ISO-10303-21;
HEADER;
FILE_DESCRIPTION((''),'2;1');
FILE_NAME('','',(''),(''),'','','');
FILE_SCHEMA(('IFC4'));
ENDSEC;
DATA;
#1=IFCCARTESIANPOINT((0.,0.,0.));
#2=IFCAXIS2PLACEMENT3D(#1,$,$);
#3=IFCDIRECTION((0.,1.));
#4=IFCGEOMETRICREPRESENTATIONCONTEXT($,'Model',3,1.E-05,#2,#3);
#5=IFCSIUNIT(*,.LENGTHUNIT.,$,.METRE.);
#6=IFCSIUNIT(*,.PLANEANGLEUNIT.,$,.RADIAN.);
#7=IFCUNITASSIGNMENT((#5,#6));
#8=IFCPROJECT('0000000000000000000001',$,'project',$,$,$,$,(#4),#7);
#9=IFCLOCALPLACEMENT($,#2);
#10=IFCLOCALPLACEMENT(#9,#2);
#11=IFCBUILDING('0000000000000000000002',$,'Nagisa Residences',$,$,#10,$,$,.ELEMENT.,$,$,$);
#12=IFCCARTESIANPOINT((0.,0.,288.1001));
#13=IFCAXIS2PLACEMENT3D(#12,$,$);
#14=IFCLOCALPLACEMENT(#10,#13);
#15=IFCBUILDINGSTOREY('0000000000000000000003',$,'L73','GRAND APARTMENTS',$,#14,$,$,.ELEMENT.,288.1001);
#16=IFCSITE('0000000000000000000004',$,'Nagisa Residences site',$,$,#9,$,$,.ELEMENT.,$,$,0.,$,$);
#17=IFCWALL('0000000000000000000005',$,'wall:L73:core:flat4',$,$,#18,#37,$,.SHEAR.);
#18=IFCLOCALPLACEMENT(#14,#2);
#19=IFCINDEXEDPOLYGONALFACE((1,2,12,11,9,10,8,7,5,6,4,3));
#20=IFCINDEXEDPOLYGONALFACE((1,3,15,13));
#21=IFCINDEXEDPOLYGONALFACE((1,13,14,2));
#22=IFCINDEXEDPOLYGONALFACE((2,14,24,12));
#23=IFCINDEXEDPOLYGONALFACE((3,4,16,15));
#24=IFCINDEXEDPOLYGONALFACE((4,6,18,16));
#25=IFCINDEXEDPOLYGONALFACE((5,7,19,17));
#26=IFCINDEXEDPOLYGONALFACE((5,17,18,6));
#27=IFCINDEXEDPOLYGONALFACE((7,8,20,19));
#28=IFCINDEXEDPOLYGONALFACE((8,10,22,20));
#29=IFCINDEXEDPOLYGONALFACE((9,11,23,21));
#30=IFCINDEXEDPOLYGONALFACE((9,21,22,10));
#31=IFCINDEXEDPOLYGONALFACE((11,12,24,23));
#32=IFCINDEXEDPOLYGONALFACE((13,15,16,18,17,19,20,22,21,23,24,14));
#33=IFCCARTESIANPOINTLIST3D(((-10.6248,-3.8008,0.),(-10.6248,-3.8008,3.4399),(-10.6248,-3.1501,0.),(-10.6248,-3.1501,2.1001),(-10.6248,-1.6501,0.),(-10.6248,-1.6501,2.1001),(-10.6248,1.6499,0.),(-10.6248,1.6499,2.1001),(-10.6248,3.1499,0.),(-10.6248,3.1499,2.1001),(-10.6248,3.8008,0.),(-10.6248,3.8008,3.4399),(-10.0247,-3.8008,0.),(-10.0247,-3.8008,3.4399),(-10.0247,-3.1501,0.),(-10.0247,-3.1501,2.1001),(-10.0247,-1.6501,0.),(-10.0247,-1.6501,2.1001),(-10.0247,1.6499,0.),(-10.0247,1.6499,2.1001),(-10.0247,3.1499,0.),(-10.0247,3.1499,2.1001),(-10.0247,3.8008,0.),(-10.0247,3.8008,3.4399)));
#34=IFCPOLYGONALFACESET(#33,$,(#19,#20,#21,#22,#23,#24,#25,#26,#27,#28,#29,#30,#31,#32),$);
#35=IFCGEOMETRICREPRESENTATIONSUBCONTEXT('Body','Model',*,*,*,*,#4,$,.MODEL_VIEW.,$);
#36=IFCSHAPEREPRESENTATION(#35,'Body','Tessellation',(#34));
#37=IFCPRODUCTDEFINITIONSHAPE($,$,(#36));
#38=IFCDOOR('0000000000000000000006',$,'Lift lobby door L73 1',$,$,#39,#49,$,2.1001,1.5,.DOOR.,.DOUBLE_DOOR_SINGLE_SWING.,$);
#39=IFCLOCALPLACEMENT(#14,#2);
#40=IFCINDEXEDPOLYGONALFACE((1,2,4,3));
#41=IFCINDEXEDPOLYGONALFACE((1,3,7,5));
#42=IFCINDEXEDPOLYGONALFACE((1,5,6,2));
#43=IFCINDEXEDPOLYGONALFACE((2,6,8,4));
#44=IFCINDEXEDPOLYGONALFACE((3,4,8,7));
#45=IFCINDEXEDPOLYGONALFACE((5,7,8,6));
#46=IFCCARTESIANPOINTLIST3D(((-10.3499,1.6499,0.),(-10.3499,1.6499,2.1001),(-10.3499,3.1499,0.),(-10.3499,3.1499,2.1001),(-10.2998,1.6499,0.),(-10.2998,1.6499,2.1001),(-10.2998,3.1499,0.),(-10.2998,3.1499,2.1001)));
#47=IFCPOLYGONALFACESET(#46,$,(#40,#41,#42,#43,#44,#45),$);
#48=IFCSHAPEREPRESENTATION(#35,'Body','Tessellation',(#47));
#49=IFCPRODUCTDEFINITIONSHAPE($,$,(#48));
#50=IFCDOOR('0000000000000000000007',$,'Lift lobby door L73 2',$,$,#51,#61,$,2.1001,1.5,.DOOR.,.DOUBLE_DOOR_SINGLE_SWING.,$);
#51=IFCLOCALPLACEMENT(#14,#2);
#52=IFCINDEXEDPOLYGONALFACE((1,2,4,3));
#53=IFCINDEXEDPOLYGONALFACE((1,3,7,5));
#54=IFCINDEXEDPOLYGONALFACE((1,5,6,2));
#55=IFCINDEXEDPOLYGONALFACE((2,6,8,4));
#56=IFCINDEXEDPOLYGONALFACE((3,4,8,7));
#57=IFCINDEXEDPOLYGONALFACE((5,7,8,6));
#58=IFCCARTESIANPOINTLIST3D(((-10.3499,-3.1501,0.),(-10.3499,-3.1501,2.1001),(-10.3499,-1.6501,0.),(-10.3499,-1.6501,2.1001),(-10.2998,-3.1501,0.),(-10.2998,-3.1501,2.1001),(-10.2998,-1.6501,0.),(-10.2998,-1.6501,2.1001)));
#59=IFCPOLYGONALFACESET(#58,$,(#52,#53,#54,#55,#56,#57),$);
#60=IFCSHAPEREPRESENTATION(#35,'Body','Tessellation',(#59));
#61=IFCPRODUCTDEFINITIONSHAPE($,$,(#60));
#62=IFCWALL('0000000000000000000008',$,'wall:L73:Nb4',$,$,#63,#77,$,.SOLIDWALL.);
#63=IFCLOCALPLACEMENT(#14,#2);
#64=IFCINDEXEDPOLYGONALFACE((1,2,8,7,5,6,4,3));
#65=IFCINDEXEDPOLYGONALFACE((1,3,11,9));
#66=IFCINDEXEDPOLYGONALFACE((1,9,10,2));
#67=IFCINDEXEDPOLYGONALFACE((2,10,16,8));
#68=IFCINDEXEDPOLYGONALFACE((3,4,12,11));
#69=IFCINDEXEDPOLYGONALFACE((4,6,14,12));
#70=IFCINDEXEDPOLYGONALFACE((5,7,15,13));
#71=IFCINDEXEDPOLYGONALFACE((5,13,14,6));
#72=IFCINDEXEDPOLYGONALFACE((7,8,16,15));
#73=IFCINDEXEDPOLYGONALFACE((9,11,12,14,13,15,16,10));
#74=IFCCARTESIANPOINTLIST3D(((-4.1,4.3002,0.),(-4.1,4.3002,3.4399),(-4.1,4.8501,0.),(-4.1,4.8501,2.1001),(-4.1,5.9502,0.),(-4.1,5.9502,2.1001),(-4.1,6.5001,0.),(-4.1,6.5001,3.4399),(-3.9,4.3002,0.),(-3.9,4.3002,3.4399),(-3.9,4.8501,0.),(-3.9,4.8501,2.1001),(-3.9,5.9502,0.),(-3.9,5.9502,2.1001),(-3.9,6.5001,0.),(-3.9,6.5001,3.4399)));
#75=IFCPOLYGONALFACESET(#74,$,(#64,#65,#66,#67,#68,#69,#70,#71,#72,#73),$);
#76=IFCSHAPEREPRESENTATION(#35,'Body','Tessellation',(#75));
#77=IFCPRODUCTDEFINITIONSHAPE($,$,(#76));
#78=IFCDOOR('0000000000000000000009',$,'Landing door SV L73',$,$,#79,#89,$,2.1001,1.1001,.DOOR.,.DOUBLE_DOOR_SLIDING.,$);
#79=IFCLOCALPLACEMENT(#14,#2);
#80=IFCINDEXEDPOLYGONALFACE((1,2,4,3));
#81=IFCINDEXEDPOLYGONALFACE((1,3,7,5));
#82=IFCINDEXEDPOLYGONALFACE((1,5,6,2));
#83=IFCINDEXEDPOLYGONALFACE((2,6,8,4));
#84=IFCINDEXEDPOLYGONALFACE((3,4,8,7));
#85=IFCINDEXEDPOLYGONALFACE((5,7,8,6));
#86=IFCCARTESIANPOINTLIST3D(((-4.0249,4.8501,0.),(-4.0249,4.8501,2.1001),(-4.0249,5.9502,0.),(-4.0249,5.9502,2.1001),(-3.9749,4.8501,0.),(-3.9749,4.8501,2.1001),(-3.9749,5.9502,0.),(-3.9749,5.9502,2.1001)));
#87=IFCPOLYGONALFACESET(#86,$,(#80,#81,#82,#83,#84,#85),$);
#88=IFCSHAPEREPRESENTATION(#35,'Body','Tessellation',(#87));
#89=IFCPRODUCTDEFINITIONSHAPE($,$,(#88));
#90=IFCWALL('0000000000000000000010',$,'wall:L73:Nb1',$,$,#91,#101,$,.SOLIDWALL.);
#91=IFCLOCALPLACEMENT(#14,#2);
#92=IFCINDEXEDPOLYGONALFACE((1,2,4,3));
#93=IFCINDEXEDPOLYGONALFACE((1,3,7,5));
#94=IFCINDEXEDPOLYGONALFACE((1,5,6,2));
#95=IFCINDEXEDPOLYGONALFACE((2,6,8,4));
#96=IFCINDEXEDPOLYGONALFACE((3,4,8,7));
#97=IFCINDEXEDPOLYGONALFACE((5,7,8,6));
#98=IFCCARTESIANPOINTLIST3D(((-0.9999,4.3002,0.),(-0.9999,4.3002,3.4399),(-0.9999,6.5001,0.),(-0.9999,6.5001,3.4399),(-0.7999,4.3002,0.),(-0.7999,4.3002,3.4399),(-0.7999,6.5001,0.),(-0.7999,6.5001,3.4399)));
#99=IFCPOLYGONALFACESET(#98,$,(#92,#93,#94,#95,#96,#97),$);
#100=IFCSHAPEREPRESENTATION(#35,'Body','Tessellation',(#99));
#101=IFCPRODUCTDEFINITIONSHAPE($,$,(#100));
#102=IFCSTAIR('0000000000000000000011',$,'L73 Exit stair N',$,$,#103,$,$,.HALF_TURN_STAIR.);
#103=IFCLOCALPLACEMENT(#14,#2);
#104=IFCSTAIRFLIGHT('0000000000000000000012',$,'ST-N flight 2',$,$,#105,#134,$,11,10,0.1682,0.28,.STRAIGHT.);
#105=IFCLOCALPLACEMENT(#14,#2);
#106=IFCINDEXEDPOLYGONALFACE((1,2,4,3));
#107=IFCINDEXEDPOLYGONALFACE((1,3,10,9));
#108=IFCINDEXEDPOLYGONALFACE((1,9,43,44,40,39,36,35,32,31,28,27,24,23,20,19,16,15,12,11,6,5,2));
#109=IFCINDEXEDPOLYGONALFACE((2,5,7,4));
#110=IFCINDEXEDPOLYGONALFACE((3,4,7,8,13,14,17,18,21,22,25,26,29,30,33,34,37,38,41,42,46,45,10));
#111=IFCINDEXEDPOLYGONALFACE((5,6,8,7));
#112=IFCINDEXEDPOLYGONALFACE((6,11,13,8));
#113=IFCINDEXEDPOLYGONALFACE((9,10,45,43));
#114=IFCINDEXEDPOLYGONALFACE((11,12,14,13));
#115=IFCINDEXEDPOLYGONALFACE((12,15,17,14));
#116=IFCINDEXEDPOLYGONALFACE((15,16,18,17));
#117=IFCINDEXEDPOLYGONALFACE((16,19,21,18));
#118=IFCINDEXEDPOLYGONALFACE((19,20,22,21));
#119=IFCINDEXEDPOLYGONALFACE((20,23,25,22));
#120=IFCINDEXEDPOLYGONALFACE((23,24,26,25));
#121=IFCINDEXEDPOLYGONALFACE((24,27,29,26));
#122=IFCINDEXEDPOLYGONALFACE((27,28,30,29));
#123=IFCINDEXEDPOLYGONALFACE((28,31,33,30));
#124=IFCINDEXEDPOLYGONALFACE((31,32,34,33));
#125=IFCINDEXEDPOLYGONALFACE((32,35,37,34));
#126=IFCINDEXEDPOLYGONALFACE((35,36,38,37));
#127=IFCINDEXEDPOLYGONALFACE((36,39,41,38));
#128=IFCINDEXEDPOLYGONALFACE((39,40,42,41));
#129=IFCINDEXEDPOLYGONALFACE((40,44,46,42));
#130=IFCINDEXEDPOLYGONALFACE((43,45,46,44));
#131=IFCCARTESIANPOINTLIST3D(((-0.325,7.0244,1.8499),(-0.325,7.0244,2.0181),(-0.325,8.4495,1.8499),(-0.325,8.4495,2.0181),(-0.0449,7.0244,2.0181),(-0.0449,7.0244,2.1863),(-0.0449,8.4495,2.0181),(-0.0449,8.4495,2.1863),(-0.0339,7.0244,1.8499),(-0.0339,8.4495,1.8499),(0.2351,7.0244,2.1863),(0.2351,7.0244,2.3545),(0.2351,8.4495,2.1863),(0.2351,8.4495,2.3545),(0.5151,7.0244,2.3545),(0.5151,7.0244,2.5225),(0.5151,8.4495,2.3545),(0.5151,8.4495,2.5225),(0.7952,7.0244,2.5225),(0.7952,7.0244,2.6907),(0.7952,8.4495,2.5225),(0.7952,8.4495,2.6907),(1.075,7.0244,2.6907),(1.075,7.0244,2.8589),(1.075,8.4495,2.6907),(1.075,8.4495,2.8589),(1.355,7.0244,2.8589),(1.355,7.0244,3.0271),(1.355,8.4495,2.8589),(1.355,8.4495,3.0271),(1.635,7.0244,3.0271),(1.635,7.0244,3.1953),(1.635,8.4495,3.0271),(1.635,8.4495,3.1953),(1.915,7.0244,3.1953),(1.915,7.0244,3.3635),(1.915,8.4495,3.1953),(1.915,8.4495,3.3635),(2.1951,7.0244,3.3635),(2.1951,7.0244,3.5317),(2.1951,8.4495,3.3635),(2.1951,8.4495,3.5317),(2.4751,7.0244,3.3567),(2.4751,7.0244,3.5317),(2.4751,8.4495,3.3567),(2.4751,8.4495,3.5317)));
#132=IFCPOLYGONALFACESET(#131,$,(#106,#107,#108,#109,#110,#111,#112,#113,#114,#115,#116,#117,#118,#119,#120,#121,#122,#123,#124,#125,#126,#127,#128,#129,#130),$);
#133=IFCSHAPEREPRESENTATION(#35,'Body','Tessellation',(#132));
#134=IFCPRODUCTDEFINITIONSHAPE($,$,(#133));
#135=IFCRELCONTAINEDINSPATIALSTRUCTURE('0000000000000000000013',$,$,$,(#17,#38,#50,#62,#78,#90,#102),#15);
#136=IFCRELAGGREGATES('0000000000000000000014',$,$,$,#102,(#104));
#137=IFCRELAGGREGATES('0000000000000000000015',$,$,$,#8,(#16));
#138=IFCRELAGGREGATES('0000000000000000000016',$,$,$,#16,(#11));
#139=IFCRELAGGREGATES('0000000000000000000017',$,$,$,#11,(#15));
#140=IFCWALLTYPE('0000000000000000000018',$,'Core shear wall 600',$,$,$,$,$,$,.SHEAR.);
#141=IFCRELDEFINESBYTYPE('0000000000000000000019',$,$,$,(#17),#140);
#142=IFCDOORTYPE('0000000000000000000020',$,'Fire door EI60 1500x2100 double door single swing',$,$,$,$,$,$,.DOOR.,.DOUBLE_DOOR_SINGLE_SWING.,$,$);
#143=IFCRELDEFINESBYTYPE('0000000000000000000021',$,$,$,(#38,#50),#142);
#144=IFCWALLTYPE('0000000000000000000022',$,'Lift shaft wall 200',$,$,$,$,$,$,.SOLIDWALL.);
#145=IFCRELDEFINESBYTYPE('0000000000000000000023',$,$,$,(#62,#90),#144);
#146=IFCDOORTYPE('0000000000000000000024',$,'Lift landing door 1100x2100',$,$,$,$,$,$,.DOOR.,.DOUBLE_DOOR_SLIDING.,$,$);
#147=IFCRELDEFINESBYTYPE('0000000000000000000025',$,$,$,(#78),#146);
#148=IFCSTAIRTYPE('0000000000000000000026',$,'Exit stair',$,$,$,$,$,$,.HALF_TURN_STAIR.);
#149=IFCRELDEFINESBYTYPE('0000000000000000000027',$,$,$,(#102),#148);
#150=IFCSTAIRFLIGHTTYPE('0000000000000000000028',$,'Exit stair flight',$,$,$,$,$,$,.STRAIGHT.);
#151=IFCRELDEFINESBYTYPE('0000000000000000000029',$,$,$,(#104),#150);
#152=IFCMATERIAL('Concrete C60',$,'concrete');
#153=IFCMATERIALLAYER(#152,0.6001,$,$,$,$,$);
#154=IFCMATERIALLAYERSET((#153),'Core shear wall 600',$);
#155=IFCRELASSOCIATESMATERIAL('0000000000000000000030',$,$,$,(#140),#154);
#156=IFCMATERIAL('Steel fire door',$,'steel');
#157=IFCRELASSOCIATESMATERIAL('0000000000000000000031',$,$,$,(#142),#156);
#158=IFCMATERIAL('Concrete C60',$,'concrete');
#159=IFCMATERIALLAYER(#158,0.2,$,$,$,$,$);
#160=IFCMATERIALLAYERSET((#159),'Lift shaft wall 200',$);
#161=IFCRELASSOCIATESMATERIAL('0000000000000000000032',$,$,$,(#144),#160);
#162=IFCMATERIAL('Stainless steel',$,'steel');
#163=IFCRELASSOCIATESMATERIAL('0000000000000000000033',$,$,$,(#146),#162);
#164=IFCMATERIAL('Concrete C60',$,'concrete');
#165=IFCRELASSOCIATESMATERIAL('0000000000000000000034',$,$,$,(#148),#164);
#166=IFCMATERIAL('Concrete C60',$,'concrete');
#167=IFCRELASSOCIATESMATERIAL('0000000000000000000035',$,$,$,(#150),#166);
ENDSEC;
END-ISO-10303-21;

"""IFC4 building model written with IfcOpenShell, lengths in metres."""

from ifc_helpers import new_model, si_unit, direction, frame, frame_2d, origin, place, context, subcontext, project, spatial, polyline, rectangle, outline, extrude, material, layer, layer_set, type_object, element, fill, aggregate, save


model = new_model("IFC4")

# Units and contexts
model_context = context("Model", 3, precision=1e-05, world=origin(), true_north=direction((0.0, 1.0)))
body_context = subcontext(model_context, "Body", "Model", "MODEL_VIEW")
ifc_project = project(units=[si_unit("LENGTHUNIT", "METRE"), si_unit("PLANEANGLEUNIT", "RADIAN")], contexts=[model_context])

# Site, building, storey
site_placement = place(None, origin())
site = spatial("IfcSite", under=ifc_project, at=site_placement, Name="Nagisa Residences site", CompositionType="ELEMENT", RefElevation=0.0)
building_placement = place(site_placement, origin())
building = spatial("IfcBuilding", under=site, at=building_placement, Name="Nagisa Residences", CompositionType="ELEMENT")
storey_placement = place(building_placement, frame((0.0, 0.0, 288.1001)))
storey = spatial("IfcBuildingStorey", under=building, at=storey_placement, Name="L73", Description="GRAND APARTMENTS", CompositionType="ELEMENT", Elevation=288.1001)

# Shared definitions
ifc_material_1 = material(Name="Concrete C60", Category="concrete")
ifc_layer_1 = layer(ifc_material_1, 0.6001)
ifc_layer_set_1 = layer_set([ifc_layer_1], Name="Core shear wall 600")
wall_type_1 = type_object("IfcWallType", Name="Core shear wall 600", PredefinedType="SHEAR", material=ifc_layer_set_1)

# Wall, openings, doors
wall_1_placement = place(storey_placement, frame((-10.3247, 3.8008, 0.0), z_axis=(0.0, 0.0, 1.0), x_axis=(0.0, -1.0, 0.0)))
wall_1 = element("IfcWall", 1, at=wall_1_placement, inside=storey, type_object=wall_type_1, Name="wall:L73:core:flat4", PredefinedType="SHEAR", context=body_context, shape_type="SweptSolid", body=[
    extrude(rectangle(XDim=7.6016, YDim=0.6001, at=frame_2d((3.8008, 0.0))), origin(), (0.0, 0.0, 1.0), 3.4399),
])
opening_1_placement = place(wall_1_placement, frame((0.6509, 0.0, 0.0)))
opening_1 = element("IfcOpeningElement", 2, at=opening_1_placement, cuts=wall_1, PredefinedType="OPENING", context=body_context, shape_type="SweptSolid", body=[
    extrude(rectangle(XDim=1.5, YDim=2.1001, at=frame_2d((0.75, 1.05))), frame((0.0, 0.3101, 0.0), z_axis=(0.0, -1.0, 0.0), x_axis=(1.0, 0.0, 0.0)), (0.0, 0.0, 1.0), 0.6201),
])
opening_2_placement = place(wall_1_placement, frame((5.4509, 0.0, 0.0)))
opening_2 = element("IfcOpeningElement", 3, at=opening_2_placement, cuts=wall_1, PredefinedType="OPENING", context=body_context, shape_type="SweptSolid", body=[
    extrude(rectangle(XDim=1.5, YDim=2.1001, at=frame_2d((0.75, 1.05))), frame((0.0, 0.3101, 0.0), z_axis=(0.0, -1.0, 0.0), x_axis=(1.0, 0.0, 0.0)), (0.0, 0.0, 1.0), 0.6201),
])
ifc_material_2 = material(Name="Steel fire door", Category="steel")
door_type_1 = type_object("IfcDoorType", Name="Fire door EI60 1500x2100 double door single swing", OperationType="DOUBLE_DOOR_SINGLE_SWING", PredefinedType="DOOR", material=ifc_material_2)
door_1_placement = place(opening_1_placement, origin())
door_1 = element("IfcDoor", 4, at=door_1_placement, inside=storey, type_object=door_type_1, Name="Lift lobby door L73 1", OperationType="DOUBLE_DOOR_SINGLE_SWING", OverallHeight=2.1001, OverallWidth=1.5, PredefinedType="DOOR", context=body_context, shape_type="SweptSolid", body=[
    extrude(rectangle(XDim=1.5, YDim=2.1001, at=frame_2d((0.75, 1.05))), frame((0.0, 0.0249, 0.0), z_axis=(0.0, -1.0, 0.0), x_axis=(1.0, 0.0, 0.0)), (0.0, 0.0, 1.0), 0.05),
])
fill(opening_1, door_1)
door_2_placement = place(opening_2_placement, origin())
door_2 = element("IfcDoor", 5, at=door_2_placement, inside=storey, type_object=door_type_1, Name="Lift lobby door L73 2", OperationType="DOUBLE_DOOR_SINGLE_SWING", OverallHeight=2.1001, OverallWidth=1.5, PredefinedType="DOOR", context=body_context, shape_type="SweptSolid", body=[
    extrude(rectangle(XDim=1.5, YDim=2.1001, at=frame_2d((0.75, 1.05))), frame((0.0, 0.0249, 0.0), z_axis=(0.0, -1.0, 0.0), x_axis=(1.0, 0.0, 0.0)), (0.0, 0.0, 1.0), 0.05),
])
fill(opening_2, door_2)

# Wall, opening, door
ifc_material_3 = material(Name="Concrete C60", Category="concrete")
ifc_layer_2 = layer(ifc_material_3, 0.2)
ifc_layer_set_2 = layer_set([ifc_layer_2], Name="Lift shaft wall 200")
wall_type_2 = type_object("IfcWallType", Name="Lift shaft wall 200", PredefinedType="SOLIDWALL", material=ifc_layer_set_2)
wall_2_placement = place(storey_placement, frame((-4.0, 4.3, 0.0), z_axis=(0.0, 0.0, 1.0), x_axis=(0.0, 1.0, 0.0)))
wall_2 = element("IfcWall", 6, at=wall_2_placement, inside=storey, type_object=wall_type_2, Name="wall:L73:Nb4", PredefinedType="SOLIDWALL", context=body_context, shape_type="SweptSolid", body=[
    extrude(rectangle(XDim=2.2, YDim=0.2, at=frame_2d((1.1001, 0.0))), origin(), (0.0, 0.0, 1.0), 3.4399),
])
opening_3_placement = place(wall_2_placement, frame((0.55, 0.0, 0.0)))
opening_3 = element("IfcOpeningElement", 7, at=opening_3_placement, cuts=wall_2, PredefinedType="OPENING", context=body_context, shape_type="SweptSolid", body=[
    extrude(rectangle(XDim=1.1001, YDim=2.1001, at=frame_2d((0.55, 1.05))), frame((0.0, 0.1099, 0.0), z_axis=(0.0, -1.0, 0.0), x_axis=(1.0, 0.0, 0.0)), (0.0, 0.0, 1.0), 0.22),
])
ifc_material_4 = material(Name="Stainless steel", Category="steel")
door_type_2 = type_object("IfcDoorType", Name="Lift landing door 1100x2100", OperationType="DOUBLE_DOOR_SLIDING", PredefinedType="DOOR", material=ifc_material_4)
door_3_placement = place(opening_3_placement, origin())
door_3 = element("IfcDoor", 8, at=door_3_placement, inside=storey, type_object=door_type_2, Name="Landing door SV L73", OperationType="DOUBLE_DOOR_SLIDING", OverallHeight=2.1001, OverallWidth=1.1001, PredefinedType="DOOR", context=body_context, shape_type="SweptSolid", body=[
    extrude(rectangle(XDim=1.1001, YDim=2.1001, at=frame_2d((0.55, 1.05))), frame((0.0, 0.0249, 0.0), z_axis=(0.0, -1.0, 0.0), x_axis=(1.0, 0.0, 0.0)), (0.0, 0.0, 1.0), 0.05),
])
fill(opening_3, door_3)

# Wall
wall_3_placement = place(storey_placement, frame((-0.8999, 4.3, 0.0), z_axis=(0.0, 0.0, 1.0), x_axis=(0.0, 1.0, 0.0)))
element("IfcWall", 9, at=wall_3_placement, inside=storey, type_object=wall_type_2, Name="wall:L73:Nb1", PredefinedType="SOLIDWALL", context=body_context, shape_type="SweptSolid", body=[
    extrude(rectangle(XDim=2.2, YDim=0.2, at=frame_2d((1.1001, 0.0))), origin(), (0.0, 0.0, 1.0), 3.4399),
])

# Stair, stair flight
ifc_material_5 = material(Name="Concrete C60", Category="concrete")
stair_type = type_object("IfcStairType", Name="Exit stair", PredefinedType="HALF_TURN_STAIR", material=ifc_material_5)
stair_placement = place(storey_placement, origin())
stair = element("IfcStair", 10, at=stair_placement, inside=storey, type_object=stair_type, Name="L73 Exit stair N", PredefinedType="HALF_TURN_STAIR")
ifc_material_6 = material(Name="Concrete C60", Category="concrete")
stair_flight_type = type_object("IfcStairFlightType", Name="Exit stair flight", PredefinedType="STRAIGHT", material=ifc_material_6)
stair_flight_placement = place(storey_placement, frame((-0.325, 7.7371, 1.8499), z_axis=(0.0, 0.0, 1.0), x_axis=(1.0, 0.0, 0.0)))
stair_flight = element("IfcStairFlight", 11, at=stair_flight_placement, type_object=stair_flight_type, Name="ST-N flight 2", NumberOfRisers=11, NumberOfTreads=10, PredefinedType="STRAIGHT", RiserHeight=0.1682, TreadLength=0.28, context=body_context, shape_type="SweptSolid", body=[
    extrude(outline(polyline([(0.0, 0.0), (0.0, 0.1682), (0.28, 0.1682), (0.28, 0.3364), (0.5601, 0.3364), (0.5601, 0.5046), (0.8401, 0.5046), (0.8401, 0.6726), (1.1201, 0.6726), (1.1201, 0.8408), (1.3999, 0.8408), (1.3999, 1.009), (1.6799, 1.009), (1.6799, 1.1772), (1.96, 1.1772), (1.96, 1.3455), (2.24, 1.3455), (2.24, 1.5137), (2.52, 1.5137), (2.52, 1.6819), (2.8, 1.6819), (2.8, 1.8501), (2.8, 1.5068), (0.291, 0.0), (0.0, 0.0)])), frame((0.0, 0.7124, 0.0), z_axis=(0.0, -1.0, 0.0), x_axis=(1.0, 0.0, 0.0)), (0.0, 0.0, 1.0), 1.425),
])
aggregate(stair, [stair_flight])

save(model, "model.ifc")
